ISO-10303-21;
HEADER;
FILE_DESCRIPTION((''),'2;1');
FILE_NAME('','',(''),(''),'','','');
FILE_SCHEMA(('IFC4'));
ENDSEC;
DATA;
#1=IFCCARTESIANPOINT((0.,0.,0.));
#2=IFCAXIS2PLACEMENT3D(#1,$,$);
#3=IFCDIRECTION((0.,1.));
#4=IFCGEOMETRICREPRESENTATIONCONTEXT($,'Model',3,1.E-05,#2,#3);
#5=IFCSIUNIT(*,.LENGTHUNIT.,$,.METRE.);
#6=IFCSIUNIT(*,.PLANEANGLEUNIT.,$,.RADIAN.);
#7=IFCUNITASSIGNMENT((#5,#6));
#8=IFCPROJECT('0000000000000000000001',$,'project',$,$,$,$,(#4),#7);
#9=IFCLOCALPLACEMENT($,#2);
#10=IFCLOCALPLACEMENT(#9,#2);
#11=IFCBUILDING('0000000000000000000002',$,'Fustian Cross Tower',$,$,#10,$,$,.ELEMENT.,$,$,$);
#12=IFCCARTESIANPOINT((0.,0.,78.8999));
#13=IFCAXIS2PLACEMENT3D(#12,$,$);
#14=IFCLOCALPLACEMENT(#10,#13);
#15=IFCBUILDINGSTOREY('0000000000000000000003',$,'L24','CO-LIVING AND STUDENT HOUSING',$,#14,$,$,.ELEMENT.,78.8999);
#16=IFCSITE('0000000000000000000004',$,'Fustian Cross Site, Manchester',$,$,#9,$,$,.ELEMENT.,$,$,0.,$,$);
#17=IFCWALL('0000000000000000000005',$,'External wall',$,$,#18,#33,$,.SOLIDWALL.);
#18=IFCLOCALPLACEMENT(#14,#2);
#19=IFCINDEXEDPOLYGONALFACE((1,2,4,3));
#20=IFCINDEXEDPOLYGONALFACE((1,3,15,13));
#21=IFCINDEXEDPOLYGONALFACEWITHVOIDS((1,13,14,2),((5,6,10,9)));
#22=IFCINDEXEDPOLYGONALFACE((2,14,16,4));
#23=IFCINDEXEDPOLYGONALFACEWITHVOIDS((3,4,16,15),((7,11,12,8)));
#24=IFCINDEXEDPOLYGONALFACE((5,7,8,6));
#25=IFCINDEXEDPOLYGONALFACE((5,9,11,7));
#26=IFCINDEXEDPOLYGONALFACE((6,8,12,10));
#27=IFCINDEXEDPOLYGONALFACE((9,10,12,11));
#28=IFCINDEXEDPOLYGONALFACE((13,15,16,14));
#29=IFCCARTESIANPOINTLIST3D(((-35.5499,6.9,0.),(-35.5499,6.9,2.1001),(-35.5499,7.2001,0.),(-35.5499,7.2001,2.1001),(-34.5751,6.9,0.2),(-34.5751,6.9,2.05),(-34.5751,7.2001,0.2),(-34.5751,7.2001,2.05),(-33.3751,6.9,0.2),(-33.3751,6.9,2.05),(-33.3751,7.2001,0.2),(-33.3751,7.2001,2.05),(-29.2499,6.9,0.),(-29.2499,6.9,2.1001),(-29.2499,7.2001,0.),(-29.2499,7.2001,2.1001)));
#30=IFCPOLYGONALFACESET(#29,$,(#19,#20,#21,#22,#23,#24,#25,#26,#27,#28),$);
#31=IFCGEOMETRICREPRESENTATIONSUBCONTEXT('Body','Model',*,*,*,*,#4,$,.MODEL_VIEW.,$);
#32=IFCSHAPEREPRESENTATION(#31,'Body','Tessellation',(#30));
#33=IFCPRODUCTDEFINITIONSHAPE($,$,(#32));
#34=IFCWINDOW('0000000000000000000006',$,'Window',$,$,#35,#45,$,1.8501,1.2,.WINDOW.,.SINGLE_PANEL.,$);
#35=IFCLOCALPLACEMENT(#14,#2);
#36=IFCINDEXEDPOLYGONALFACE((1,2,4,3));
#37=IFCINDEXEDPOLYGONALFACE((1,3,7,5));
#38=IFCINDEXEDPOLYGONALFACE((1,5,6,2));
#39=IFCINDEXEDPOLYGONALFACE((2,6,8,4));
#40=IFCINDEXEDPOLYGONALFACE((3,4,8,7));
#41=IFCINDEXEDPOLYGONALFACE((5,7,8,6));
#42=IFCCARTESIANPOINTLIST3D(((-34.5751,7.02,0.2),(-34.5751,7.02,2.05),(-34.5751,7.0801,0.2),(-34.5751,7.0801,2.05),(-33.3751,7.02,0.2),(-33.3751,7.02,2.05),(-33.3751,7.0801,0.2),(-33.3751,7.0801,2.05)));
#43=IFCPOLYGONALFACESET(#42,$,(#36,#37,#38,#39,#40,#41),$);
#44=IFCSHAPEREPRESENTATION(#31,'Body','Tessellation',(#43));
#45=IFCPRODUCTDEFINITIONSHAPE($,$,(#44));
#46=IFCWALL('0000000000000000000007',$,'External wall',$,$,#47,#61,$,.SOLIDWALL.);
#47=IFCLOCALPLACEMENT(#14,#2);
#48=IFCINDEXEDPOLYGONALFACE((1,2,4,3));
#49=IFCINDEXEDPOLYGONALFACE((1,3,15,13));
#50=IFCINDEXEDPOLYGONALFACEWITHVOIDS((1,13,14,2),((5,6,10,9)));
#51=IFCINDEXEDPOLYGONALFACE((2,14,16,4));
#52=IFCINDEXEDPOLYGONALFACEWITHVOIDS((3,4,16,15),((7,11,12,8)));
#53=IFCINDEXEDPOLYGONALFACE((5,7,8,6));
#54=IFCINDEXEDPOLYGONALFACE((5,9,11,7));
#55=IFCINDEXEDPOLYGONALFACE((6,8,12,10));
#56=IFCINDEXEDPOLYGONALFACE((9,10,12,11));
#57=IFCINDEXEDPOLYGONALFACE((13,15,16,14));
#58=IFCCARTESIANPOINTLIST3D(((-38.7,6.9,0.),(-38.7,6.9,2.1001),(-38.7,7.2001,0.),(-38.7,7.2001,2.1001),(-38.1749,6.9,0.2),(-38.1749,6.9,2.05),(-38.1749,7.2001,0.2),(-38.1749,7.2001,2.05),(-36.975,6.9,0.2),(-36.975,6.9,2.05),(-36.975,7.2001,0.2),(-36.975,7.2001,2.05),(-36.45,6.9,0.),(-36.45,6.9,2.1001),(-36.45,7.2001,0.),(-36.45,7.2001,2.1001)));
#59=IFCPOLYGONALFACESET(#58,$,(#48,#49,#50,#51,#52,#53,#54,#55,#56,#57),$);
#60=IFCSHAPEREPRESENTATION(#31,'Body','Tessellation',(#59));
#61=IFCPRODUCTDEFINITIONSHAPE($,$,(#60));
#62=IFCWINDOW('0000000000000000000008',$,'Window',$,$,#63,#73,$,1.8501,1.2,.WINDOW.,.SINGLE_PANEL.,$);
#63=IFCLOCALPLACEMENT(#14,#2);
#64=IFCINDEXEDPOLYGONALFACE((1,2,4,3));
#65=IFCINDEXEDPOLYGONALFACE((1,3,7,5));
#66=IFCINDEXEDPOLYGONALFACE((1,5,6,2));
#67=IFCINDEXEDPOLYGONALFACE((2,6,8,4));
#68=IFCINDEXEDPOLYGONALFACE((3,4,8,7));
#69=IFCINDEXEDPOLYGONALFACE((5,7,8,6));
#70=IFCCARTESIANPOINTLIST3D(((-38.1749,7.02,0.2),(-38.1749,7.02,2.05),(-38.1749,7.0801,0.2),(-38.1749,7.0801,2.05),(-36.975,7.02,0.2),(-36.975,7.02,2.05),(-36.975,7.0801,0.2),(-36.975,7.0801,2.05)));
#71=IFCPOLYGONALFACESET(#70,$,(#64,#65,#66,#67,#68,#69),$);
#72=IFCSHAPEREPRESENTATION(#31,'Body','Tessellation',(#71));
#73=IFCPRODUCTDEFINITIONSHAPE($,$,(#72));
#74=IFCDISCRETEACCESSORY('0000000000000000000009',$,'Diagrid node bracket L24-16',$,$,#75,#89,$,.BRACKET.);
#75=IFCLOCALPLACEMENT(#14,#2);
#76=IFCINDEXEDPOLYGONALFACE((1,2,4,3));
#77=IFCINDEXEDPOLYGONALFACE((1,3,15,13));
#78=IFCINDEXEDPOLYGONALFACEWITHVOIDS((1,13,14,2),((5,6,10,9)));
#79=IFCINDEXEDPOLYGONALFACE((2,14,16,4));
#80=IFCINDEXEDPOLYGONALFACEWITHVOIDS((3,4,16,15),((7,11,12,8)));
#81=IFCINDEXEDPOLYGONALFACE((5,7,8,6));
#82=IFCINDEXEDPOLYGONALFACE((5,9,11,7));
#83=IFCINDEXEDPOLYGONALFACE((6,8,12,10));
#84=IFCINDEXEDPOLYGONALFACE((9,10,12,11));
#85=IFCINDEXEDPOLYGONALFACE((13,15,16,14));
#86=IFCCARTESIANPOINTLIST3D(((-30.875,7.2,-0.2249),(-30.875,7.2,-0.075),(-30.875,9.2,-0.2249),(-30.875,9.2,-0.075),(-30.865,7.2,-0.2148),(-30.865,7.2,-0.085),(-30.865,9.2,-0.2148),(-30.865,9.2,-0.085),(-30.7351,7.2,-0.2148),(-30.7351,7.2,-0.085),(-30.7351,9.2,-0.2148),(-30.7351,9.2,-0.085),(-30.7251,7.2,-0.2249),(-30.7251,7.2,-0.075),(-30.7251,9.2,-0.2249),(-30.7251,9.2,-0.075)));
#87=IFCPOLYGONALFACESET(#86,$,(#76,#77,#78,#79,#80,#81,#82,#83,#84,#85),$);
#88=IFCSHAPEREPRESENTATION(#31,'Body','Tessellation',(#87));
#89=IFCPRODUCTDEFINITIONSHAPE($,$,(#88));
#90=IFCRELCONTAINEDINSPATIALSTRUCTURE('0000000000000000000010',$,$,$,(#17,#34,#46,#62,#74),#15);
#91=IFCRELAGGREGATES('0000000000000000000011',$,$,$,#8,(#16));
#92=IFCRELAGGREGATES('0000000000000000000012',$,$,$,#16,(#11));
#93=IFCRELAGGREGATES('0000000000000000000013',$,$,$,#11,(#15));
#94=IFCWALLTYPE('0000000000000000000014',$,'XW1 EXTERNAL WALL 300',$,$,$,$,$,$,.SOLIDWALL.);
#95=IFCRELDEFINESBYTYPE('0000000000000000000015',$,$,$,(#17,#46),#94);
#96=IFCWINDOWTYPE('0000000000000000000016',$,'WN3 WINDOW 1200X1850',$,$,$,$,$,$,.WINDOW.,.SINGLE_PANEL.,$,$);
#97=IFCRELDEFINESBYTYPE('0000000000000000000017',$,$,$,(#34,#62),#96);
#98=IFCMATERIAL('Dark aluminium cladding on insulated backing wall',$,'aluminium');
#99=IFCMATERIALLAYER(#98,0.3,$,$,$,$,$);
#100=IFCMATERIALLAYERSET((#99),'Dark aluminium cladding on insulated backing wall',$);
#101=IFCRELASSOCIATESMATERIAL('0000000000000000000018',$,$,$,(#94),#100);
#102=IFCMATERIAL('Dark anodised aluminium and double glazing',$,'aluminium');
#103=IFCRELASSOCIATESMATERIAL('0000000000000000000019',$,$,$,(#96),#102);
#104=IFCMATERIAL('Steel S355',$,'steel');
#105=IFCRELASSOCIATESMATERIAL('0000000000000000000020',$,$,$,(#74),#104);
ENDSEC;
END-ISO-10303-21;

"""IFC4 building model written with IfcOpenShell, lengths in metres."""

from ifc_helpers import new_model, si_unit, direction, frame, frame_2d, origin, origin_2d, place, context, subcontext, project, spatial, rectangle, hollow_rectangle, extrude, material, layer, layer_set, type_object, element, fill, save


model = new_model("IFC4")

# Units and contexts
model_context = context("Model", 3, precision=1e-05, world=origin(), true_north=direction((0.0, 1.0)))
body_context = subcontext(model_context, "Body", "Model", "MODEL_VIEW")
ifc_project = project(units=[si_unit("LENGTHUNIT", "METRE"), si_unit("PLANEANGLEUNIT", "RADIAN")], contexts=[model_context])

# Site, building, storey
site_placement = place(None, origin())
site = spatial("IfcSite", under=ifc_project, at=site_placement, Name="Fustian Cross Site, Manchester", CompositionType="ELEMENT", RefElevation=0.0)
building_placement = place(site_placement, origin())
building = spatial("IfcBuilding", under=site, at=building_placement, Name="Fustian Cross Tower", CompositionType="ELEMENT")
storey_placement = place(building_placement, frame((0.0, 0.0, 78.8999)))
storey = spatial("IfcBuildingStorey", under=building, at=storey_placement, Name="L24", Description="CO-LIVING AND STUDENT HOUSING", CompositionType="ELEMENT", Elevation=78.8999)

# Walls, openings, windows
ifc_material_1 = material(Name="Dark aluminium cladding on insulated backing wall", Category="aluminium")
ifc_layer_1 = layer(ifc_material_1, 0.3)
ifc_layer_set_1 = layer_set([ifc_layer_1], Name="Dark aluminium cladding on insulated backing wall")
wall_type_1 = type_object("IfcWallType", Name="XW1 EXTERNAL WALL 300", PredefinedType="SOLIDWALL", material=ifc_layer_set_1)
wall_1_placement = place(storey_placement, frame((-29.25, 7.05, 0.0), z_axis=(0.0, 0.0, 1.0), x_axis=(-1.0, 0.0, 0.0)))
wall_1 = element("IfcWall", 1, at=wall_1_placement, inside=storey, type_object=wall_type_1, Name="External wall", PredefinedType="SOLIDWALL", context=body_context, shape_type="SweptSolid", body=[
    extrude(rectangle(XDim=6.3, YDim=0.3, at=frame_2d((3.1499, 0.0))), origin(), (0.0, 0.0, 1.0), 2.1001),
])
opening_1_placement = place(wall_1_placement, frame((4.125, 0.0, 0.2)))
opening_1 = element("IfcOpeningElement", 2, at=opening_1_placement, cuts=wall_1, PredefinedType="OPENING", context=body_context, shape_type="SweptSolid", body=[
    extrude(rectangle(XDim=1.2, YDim=1.8501, at=frame_2d((0.6001, 0.925))), frame((0.0, 0.1599, 0.0), z_axis=(0.0, -1.0, 0.0), x_axis=(1.0, 0.0, 0.0)), (0.0, 0.0, 1.0), 0.3201),
])
ifc_material_2 = material(Name="Dark anodised aluminium and double glazing", Category="aluminium")
window_type = type_object("IfcWindowType", Name="WN3 WINDOW 1200X1850", PartitioningType="SINGLE_PANEL", PredefinedType="WINDOW", material=ifc_material_2)
window_1_placement = place(opening_1_placement, origin())
window_1 = element("IfcWindow", 3, at=window_1_placement, inside=storey, type_object=window_type, Name="Window", OverallHeight=1.8501, OverallWidth=1.2, PartitioningType="SINGLE_PANEL", PredefinedType="WINDOW", context=body_context, shape_type="SweptSolid", body=[
    extrude(rectangle(XDim=1.2, YDim=1.8501, at=frame_2d((0.6001, 0.925))), frame((0.0, 0.03, 0.0), z_axis=(0.0, -1.0, 0.0), x_axis=(1.0, 0.0, 0.0)), (0.0, 0.0, 1.0), 0.0601),
])
fill(opening_1, window_1)
wall_2_placement = place(storey_placement, frame((-36.45, 7.05, 0.0), z_axis=(0.0, 0.0, 1.0), x_axis=(-1.0, 0.0, 0.0)))
wall_2 = element("IfcWall", 4, at=wall_2_placement, inside=storey, type_object=wall_type_1, Name="External wall", PredefinedType="SOLIDWALL", context=body_context, shape_type="SweptSolid", body=[
    extrude(rectangle(XDim=2.25, YDim=0.3, at=frame_2d((1.125, 0.0))), origin(), (0.0, 0.0, 1.0), 2.1001),
])
opening_2_placement = place(wall_2_placement, frame((0.5249, 0.0, 0.2)))
opening_2 = element("IfcOpeningElement", 5, at=opening_2_placement, cuts=wall_2, PredefinedType="OPENING", context=body_context, shape_type="SweptSolid", body=[
    extrude(rectangle(XDim=1.2, YDim=1.8501, at=frame_2d((0.6001, 0.925))), frame((0.0, 0.1599, 0.0), z_axis=(0.0, -1.0, 0.0), x_axis=(1.0, 0.0, 0.0)), (0.0, 0.0, 1.0), 0.3201),
])
window_2_placement = place(opening_2_placement, origin())
window_2 = element("IfcWindow", 6, at=window_2_placement, inside=storey, type_object=window_type, Name="Window", OverallHeight=1.8501, OverallWidth=1.2, PartitioningType="SINGLE_PANEL", PredefinedType="WINDOW", context=body_context, shape_type="SweptSolid", body=[
    extrude(rectangle(XDim=1.2, YDim=1.8501, at=frame_2d((0.6001, 0.925))), frame((0.0, 0.03, 0.0), z_axis=(0.0, -1.0, 0.0), x_axis=(1.0, 0.0, 0.0)), (0.0, 0.0, 1.0), 0.0601),
])
fill(opening_2, window_2)

# Discrete accessory
ifc_material_3 = material(Name="Steel S355", Category="steel")
discrete_accessory_placement = place(storey_placement, frame((-30.8, 9.2, -0.1499), z_axis=(0.0, -1.0, 0.0), x_axis=(1.0, 0.0, 0.0)))
element("IfcDiscreteAccessory", 7, at=discrete_accessory_placement, inside=storey, material=ifc_material_3, Name="Diagrid node bracket L24-16", PredefinedType="BRACKET", context=body_context, shape_type="SweptSolid", body=[
    extrude(hollow_rectangle(XDim=0.1499, YDim=0.1499, WallThickness=0.01, at=origin_2d()), origin(), (0.0, 0.0, 1.0), 2.0),
])

save(model, "model.ifc")
